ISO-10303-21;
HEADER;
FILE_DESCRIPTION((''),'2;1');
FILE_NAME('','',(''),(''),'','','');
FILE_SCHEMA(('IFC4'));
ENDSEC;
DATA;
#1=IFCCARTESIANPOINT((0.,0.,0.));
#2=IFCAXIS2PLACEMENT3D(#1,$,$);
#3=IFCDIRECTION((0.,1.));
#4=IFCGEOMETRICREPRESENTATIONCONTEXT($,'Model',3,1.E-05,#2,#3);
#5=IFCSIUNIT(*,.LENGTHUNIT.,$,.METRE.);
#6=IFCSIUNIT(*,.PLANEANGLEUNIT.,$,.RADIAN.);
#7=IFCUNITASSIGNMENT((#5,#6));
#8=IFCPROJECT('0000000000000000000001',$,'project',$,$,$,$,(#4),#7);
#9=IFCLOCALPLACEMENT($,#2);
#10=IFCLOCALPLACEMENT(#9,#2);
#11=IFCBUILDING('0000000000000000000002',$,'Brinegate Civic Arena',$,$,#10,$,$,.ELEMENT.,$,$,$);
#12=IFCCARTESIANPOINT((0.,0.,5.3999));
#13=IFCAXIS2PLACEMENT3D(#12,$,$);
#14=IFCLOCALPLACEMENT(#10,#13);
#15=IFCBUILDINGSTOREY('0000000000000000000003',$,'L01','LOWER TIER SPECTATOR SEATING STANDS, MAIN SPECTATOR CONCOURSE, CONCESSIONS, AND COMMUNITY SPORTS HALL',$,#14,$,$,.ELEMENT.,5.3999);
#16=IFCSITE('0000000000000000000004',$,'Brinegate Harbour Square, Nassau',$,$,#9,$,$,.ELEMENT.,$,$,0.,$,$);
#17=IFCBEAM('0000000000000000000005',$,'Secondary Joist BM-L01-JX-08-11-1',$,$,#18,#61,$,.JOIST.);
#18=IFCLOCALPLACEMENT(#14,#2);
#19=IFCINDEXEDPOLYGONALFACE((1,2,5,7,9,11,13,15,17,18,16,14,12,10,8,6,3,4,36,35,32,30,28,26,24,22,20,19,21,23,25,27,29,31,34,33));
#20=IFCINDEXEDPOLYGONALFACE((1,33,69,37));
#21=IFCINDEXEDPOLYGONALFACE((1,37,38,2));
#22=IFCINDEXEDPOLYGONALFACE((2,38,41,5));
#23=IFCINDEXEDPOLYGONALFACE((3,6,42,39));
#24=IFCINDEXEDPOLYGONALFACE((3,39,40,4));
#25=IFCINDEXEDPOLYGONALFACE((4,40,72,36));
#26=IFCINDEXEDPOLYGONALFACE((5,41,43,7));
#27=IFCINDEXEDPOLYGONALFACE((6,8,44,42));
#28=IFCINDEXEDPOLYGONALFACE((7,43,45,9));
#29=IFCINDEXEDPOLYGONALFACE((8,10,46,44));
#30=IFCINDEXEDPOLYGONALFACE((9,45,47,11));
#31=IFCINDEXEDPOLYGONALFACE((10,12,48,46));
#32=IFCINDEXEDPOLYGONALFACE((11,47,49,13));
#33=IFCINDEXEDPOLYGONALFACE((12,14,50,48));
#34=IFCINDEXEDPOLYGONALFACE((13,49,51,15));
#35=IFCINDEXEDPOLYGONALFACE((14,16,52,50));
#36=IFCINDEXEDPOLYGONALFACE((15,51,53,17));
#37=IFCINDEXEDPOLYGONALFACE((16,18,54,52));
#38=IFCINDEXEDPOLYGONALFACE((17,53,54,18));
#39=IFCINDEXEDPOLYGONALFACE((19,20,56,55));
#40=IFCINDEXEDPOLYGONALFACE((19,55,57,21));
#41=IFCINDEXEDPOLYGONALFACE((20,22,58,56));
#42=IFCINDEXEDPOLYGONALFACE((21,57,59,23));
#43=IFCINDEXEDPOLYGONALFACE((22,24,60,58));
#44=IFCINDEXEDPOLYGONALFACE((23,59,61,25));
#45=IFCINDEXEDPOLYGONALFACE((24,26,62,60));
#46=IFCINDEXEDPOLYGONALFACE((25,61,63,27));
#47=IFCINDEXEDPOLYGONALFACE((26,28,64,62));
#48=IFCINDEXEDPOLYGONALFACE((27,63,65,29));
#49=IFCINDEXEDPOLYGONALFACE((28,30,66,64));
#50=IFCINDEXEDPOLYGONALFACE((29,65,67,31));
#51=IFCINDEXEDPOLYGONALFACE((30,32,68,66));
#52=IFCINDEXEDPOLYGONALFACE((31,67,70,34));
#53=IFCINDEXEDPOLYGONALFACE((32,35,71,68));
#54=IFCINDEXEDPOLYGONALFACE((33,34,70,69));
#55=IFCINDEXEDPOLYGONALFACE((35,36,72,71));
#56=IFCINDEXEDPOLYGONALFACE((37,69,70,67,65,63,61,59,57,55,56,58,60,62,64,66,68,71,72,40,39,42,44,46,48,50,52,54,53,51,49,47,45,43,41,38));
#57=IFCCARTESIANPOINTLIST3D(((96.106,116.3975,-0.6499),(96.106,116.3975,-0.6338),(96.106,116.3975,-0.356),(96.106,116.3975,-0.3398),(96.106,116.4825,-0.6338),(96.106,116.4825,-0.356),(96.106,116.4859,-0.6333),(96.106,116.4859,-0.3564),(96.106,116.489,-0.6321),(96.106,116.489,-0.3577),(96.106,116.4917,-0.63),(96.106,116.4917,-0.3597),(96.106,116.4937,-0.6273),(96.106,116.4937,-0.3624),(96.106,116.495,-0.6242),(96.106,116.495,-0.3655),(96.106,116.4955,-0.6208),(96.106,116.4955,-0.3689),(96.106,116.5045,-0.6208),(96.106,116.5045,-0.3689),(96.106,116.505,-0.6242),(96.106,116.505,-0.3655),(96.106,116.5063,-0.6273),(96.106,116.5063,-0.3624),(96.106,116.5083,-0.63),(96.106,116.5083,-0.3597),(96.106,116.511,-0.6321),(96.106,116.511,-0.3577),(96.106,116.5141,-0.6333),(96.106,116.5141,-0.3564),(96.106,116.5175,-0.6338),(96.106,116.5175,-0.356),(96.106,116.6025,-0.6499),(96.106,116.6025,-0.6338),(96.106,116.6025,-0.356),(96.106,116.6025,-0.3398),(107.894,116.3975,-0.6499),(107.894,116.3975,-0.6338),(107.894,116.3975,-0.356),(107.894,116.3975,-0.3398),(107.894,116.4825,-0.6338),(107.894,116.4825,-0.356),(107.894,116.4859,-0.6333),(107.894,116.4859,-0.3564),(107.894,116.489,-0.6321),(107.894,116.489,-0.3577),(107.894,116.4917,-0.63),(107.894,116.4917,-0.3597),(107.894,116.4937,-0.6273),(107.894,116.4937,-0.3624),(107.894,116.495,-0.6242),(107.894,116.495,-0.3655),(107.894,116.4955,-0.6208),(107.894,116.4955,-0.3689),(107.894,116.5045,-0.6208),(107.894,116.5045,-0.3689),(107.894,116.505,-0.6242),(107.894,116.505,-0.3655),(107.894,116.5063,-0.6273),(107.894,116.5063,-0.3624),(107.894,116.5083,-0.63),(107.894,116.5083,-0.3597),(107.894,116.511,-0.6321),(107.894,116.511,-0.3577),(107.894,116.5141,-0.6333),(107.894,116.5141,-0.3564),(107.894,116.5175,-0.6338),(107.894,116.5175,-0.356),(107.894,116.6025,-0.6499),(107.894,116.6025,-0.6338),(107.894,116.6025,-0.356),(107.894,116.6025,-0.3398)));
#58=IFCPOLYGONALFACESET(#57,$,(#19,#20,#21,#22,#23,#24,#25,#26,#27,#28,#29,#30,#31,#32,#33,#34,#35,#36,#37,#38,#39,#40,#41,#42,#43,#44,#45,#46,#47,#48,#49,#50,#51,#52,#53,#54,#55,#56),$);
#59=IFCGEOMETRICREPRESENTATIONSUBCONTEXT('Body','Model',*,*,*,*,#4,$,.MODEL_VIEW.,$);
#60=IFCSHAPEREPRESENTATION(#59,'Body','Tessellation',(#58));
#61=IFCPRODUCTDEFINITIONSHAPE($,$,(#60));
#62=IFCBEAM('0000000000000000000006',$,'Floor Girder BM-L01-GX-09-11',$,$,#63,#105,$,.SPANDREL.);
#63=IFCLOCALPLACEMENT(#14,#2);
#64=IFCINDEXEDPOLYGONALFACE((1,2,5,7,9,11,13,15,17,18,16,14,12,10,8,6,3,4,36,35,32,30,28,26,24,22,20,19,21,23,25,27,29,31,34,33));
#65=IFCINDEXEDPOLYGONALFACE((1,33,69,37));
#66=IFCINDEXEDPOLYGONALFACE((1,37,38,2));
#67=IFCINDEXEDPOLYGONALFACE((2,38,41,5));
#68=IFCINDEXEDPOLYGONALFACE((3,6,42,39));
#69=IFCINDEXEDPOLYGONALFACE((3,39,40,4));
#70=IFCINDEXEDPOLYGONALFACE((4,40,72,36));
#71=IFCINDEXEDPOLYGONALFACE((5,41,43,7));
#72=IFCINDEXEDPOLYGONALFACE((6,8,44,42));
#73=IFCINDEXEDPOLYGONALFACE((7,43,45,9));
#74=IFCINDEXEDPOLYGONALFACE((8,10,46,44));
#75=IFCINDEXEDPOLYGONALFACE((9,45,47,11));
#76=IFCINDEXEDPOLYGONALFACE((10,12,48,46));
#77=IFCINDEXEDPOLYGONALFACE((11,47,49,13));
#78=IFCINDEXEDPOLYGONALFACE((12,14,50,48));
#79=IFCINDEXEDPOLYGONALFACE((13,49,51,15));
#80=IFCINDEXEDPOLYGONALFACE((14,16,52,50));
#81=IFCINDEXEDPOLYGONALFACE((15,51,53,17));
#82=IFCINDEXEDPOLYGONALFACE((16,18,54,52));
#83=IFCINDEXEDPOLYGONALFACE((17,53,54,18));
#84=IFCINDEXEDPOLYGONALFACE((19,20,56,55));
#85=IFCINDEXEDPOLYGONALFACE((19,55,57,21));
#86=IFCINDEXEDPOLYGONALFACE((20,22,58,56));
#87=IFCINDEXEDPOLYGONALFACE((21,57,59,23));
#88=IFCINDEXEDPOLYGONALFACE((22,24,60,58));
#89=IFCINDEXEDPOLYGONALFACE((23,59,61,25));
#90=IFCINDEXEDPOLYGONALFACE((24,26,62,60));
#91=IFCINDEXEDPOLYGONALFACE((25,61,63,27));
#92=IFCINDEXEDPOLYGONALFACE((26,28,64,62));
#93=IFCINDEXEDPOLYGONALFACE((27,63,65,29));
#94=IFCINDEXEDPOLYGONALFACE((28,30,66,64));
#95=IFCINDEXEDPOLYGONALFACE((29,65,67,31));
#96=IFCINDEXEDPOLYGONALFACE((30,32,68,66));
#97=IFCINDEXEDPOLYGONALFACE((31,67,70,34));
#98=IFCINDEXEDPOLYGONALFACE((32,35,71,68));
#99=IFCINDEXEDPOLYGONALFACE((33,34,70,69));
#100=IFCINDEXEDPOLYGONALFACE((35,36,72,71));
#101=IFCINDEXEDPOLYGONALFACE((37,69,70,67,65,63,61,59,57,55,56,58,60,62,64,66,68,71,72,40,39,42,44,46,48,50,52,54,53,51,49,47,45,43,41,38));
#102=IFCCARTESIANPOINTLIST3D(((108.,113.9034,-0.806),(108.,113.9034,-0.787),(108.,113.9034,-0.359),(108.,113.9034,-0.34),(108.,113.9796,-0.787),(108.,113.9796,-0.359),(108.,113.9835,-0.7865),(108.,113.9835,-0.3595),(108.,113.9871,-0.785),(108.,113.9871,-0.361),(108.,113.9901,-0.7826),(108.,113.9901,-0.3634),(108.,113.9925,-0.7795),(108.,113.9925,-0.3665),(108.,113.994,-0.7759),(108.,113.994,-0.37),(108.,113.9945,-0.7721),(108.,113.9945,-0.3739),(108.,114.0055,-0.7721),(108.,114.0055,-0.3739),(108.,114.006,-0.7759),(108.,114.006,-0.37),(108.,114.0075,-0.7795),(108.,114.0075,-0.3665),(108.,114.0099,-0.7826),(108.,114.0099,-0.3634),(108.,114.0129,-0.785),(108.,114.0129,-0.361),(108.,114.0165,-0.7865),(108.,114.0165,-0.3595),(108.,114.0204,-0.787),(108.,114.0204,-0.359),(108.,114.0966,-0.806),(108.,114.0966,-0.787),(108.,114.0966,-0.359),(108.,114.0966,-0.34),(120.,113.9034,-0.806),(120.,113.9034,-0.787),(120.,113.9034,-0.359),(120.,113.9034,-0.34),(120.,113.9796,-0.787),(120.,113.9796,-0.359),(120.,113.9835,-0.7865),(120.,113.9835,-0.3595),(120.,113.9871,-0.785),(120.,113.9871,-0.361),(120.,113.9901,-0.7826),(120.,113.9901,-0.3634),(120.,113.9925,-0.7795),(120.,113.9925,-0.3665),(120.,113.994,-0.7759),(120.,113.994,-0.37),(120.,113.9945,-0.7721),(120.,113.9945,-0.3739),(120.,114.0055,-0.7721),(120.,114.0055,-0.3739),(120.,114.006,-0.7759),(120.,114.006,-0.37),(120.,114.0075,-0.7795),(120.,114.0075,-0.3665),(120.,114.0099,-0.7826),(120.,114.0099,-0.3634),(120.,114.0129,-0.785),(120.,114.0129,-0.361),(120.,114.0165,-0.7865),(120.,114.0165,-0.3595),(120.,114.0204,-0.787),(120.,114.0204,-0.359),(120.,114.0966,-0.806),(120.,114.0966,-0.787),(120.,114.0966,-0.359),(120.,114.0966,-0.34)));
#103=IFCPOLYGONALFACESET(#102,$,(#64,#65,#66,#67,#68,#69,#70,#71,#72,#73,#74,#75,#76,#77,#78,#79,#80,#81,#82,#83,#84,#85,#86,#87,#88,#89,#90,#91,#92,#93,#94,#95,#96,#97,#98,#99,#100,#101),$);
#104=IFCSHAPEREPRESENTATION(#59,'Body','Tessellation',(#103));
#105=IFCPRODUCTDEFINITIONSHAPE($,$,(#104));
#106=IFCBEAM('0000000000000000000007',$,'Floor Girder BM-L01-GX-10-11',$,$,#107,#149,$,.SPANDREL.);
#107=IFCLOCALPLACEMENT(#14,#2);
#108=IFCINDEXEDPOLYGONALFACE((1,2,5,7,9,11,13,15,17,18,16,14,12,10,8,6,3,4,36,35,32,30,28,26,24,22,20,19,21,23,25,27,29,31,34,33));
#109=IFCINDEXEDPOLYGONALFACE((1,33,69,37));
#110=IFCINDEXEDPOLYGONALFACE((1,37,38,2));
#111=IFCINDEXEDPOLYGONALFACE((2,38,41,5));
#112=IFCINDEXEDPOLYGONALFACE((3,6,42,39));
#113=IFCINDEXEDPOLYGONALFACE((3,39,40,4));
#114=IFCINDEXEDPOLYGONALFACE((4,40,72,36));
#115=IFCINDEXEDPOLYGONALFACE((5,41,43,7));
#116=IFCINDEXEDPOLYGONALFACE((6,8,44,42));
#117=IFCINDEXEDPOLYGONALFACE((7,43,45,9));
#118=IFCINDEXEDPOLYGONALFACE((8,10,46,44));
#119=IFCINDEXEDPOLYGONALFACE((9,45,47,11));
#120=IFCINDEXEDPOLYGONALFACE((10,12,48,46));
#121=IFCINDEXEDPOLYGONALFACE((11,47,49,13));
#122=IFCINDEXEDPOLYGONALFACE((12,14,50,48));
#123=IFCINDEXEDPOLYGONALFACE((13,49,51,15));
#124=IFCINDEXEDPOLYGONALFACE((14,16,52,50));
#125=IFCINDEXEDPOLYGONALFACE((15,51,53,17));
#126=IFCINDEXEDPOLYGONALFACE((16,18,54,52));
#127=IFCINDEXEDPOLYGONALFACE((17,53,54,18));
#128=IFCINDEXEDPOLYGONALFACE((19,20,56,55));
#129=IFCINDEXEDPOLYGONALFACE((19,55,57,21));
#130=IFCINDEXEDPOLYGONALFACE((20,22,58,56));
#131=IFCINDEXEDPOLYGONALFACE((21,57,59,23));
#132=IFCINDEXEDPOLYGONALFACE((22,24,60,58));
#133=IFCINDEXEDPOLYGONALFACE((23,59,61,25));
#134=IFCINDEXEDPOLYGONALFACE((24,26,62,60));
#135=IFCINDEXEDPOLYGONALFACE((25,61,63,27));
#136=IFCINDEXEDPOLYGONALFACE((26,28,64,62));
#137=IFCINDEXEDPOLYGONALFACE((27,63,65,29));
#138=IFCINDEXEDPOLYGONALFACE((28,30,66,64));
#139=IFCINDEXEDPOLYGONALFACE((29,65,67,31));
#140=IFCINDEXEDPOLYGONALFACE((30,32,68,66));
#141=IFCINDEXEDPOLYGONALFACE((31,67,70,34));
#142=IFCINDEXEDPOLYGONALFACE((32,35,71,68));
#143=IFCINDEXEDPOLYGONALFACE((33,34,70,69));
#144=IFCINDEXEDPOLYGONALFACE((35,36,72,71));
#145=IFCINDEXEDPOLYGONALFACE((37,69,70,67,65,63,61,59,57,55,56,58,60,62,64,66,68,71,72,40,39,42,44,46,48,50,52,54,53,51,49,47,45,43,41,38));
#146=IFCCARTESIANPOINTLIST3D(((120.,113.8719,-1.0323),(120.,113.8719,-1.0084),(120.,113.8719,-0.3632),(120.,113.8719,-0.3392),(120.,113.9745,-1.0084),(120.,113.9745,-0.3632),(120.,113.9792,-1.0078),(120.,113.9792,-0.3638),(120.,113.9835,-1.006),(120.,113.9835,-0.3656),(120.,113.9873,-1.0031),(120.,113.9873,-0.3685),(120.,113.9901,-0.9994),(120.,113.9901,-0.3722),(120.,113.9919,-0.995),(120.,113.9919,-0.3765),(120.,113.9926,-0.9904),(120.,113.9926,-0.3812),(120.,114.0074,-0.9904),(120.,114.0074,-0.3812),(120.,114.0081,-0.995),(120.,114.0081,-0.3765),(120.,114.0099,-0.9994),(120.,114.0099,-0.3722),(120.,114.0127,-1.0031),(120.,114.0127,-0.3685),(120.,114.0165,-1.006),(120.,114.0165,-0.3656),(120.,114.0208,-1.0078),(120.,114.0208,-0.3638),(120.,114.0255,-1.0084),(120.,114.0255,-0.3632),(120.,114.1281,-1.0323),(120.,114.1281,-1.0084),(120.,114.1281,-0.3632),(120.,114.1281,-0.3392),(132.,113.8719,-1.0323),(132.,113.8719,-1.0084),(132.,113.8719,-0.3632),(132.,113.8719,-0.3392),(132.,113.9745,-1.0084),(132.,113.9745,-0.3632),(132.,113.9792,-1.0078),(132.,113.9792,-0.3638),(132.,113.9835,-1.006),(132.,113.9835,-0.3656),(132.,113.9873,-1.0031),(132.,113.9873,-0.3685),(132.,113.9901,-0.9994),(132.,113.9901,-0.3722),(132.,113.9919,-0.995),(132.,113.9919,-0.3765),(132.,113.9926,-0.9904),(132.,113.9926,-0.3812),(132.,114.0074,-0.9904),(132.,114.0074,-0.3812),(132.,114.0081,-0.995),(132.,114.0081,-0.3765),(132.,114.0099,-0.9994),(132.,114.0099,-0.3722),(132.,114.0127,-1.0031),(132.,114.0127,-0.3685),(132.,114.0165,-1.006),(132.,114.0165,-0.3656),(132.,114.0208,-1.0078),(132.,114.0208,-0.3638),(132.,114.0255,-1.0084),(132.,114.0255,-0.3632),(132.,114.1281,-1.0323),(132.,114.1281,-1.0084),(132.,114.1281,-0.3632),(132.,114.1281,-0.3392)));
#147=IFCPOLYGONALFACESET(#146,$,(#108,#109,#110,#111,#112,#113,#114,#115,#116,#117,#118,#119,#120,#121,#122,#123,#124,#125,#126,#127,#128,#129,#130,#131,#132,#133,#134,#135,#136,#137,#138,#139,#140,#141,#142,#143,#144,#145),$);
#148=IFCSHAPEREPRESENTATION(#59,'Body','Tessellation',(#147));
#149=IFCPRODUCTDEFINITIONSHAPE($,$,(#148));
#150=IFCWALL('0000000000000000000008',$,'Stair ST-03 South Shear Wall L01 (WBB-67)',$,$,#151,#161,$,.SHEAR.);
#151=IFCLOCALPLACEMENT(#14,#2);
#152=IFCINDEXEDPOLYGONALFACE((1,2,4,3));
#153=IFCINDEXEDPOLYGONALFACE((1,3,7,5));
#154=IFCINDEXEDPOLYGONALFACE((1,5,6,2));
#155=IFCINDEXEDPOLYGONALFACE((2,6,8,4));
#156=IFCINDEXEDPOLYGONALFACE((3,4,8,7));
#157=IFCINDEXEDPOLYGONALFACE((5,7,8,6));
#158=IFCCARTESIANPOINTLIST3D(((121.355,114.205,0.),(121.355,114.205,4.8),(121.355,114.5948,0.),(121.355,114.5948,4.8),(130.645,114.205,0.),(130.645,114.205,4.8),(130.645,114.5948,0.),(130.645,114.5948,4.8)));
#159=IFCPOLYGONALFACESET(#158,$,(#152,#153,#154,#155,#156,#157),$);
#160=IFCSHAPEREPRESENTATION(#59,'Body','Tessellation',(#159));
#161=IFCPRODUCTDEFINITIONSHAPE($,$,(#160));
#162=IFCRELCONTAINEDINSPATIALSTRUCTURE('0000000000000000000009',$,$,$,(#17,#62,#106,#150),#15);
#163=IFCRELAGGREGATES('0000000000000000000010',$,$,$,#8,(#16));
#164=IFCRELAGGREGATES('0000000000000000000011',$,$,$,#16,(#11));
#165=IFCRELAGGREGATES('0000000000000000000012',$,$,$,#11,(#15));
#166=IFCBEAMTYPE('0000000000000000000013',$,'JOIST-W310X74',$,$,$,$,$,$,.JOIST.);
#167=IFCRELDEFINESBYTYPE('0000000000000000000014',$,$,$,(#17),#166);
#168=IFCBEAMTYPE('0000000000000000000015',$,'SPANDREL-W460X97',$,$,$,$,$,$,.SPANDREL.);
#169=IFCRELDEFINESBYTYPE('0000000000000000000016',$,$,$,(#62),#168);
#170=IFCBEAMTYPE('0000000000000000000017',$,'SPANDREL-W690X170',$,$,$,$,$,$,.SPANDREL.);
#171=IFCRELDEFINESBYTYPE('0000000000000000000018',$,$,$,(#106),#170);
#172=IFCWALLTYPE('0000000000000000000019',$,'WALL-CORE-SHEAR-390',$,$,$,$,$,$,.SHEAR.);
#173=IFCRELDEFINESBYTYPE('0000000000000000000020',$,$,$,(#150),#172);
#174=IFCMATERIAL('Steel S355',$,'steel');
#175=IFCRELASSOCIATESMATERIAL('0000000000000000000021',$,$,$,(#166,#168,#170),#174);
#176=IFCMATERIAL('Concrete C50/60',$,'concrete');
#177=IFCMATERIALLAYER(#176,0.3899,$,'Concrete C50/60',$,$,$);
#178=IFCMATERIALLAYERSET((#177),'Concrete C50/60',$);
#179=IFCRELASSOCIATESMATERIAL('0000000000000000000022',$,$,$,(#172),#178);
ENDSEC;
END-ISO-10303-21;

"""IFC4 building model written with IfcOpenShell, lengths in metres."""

from ifc_helpers import new_model, si_unit, direction, frame, frame_2d, origin, origin_2d, place, context, subcontext, project, spatial, rectangle, i_section, extrude, material, layer, layer_set, material_profile, profile_set, type_object, element, save


model = new_model("IFC4")

# Units and contexts
model_context = context("Model", 3, precision=1e-05, world=origin(), true_north=direction((0.0, 1.0)))
body_context = subcontext(model_context, "Body", "Model", "MODEL_VIEW")
ifc_project = project(units=[si_unit("LENGTHUNIT", "METRE"), si_unit("PLANEANGLEUNIT", "RADIAN")], contexts=[model_context])

# Site, building, storey
site_placement = place(None, origin())
site = spatial("IfcSite", under=ifc_project, at=site_placement, Name="Brinegate Harbour Square, Nassau", CompositionType="ELEMENT", RefElevation=0.0)
building_placement = place(site_placement, origin())
building = spatial("IfcBuilding", under=site, at=building_placement, Name="Brinegate Civic Arena", CompositionType="ELEMENT")
storey_placement = place(building_placement, frame((0.0, 0.0, 5.3999)))
storey = spatial("IfcBuildingStorey", under=building, at=storey_placement, Name="L01", Description="LOWER TIER SPECTATOR SEATING STANDS, MAIN SPECTATOR CONCOURSE, CONCESSIONS, AND COMMUNITY SPORTS HALL", CompositionType="ELEMENT", Elevation=5.3999)

# Shared definitions
ifc_material_1 = material(Name="Concrete C50/60", Category="concrete")

# Beams
ifc_material_2 = material(Name="Steel S355", Category="steel")
ifc_material_profile_1 = material_profile(ifc_material_2, i_section(OverallWidth=0.2051, OverallDepth=0.3101, WebThickness=0.009, FlangeThickness=0.0161, FilletRadius=0.0129, at=origin_2d()), Name="W310X74")
ifc_profile_set_1 = profile_set([ifc_material_profile_1], Name="Steel S355")
beam_type_1 = type_object("IfcBeamType", Name="JOIST-W310X74", PredefinedType="JOIST", material=ifc_profile_set_1)
beam_1_placement = place(storey_placement, frame((96.106, 116.5, -0.4949), z_axis=(1.0, 0.0, 0.0), x_axis=(0.0, 1.0, 0.0)))
element("IfcBeam", 1, at=beam_1_placement, inside=storey, type_object=beam_type_1, Name="Secondary Joist BM-L01-JX-08-11-1", PredefinedType="JOIST", context=body_context, shape_type="SweptSolid", body=[
    extrude(i_section(OverallWidth=0.2051, OverallDepth=0.3101, WebThickness=0.009, FlangeThickness=0.0161, FilletRadius=0.0129, at=origin_2d()), origin(), (0.0, 0.0, 1.0), 11.7881),
])
ifc_material_profile_2 = material_profile(ifc_material_2, i_section(OverallWidth=0.1931, OverallDepth=0.4661, WebThickness=0.011, FlangeThickness=0.019, FilletRadius=0.0149, at=origin_2d()), Name="W460X97")
ifc_profile_set_2 = profile_set([ifc_material_profile_2], Name="Steel S355")
beam_type_2 = type_object("IfcBeamType", Name="SPANDREL-W460X97", PredefinedType="SPANDREL", material=ifc_profile_set_2)
beam_2_placement = place(storey_placement, frame((108.0, 114.0, -0.573), z_axis=(1.0, 0.0, 0.0), x_axis=(0.0, 1.0, 0.0)))
element("IfcBeam", 2, at=beam_2_placement, inside=storey, type_object=beam_type_2, Name="Floor Girder BM-L01-GX-09-11", PredefinedType="SPANDREL", context=body_context, shape_type="SweptSolid", body=[
    extrude(i_section(OverallWidth=0.1931, OverallDepth=0.4661, WebThickness=0.011, FlangeThickness=0.019, FilletRadius=0.0149, at=origin_2d()), origin(), (0.0, 0.0, 1.0), 12.0),
])
ifc_material_profile_3 = material_profile(ifc_material_2, i_section(OverallWidth=0.2561, OverallDepth=0.6931, WebThickness=0.0149, FlangeThickness=0.0239, FilletRadius=0.0181, at=origin_2d()), Name="W690X170")
ifc_profile_set_3 = profile_set([ifc_material_profile_3], Name="Steel S355")
beam_type_3 = type_object("IfcBeamType", Name="SPANDREL-W690X170", PredefinedType="SPANDREL", material=ifc_profile_set_3)
beam_3_placement = place(storey_placement, frame((120.0, 114.0, -0.6858), z_axis=(1.0, 0.0, 0.0), x_axis=(0.0, 1.0, 0.0)))
element("IfcBeam", 3, at=beam_3_placement, inside=storey, type_object=beam_type_3, Name="Floor Girder BM-L01-GX-10-11", PredefinedType="SPANDREL", context=body_context, shape_type="SweptSolid", body=[
    extrude(i_section(OverallWidth=0.2561, OverallDepth=0.6931, WebThickness=0.0149, FlangeThickness=0.0239, FilletRadius=0.0181, at=origin_2d()), origin(), (0.0, 0.0, 1.0), 12.0),
])

# Wall
ifc_layer_1 = layer(ifc_material_1, 0.3899, Name="Concrete C50/60")
ifc_layer_set_1 = layer_set([ifc_layer_1], Name="Concrete C50/60")
wall_type_1 = type_object("IfcWallType", Name="WALL-CORE-SHEAR-390", PredefinedType="SHEAR", material=ifc_layer_set_1)
wall_1_placement = place(storey_placement, frame((121.355, 114.3999, 0.0), z_axis=(0.0, 0.0, 1.0), x_axis=(1.0, 0.0, 0.0)))
element("IfcWall", 4, at=wall_1_placement, inside=storey, type_object=wall_type_1, Name="Stair ST-03 South Shear Wall L01 (WBB-67)", PredefinedType="SHEAR", context=body_context, shape_type="SweptSolid", body=[
    extrude(rectangle(XDim=9.29, YDim=0.3899, at=frame_2d((4.645, 0.0))), origin(), (0.0, 0.0, 1.0), 4.8),
])

save(model, "model.ifc")
